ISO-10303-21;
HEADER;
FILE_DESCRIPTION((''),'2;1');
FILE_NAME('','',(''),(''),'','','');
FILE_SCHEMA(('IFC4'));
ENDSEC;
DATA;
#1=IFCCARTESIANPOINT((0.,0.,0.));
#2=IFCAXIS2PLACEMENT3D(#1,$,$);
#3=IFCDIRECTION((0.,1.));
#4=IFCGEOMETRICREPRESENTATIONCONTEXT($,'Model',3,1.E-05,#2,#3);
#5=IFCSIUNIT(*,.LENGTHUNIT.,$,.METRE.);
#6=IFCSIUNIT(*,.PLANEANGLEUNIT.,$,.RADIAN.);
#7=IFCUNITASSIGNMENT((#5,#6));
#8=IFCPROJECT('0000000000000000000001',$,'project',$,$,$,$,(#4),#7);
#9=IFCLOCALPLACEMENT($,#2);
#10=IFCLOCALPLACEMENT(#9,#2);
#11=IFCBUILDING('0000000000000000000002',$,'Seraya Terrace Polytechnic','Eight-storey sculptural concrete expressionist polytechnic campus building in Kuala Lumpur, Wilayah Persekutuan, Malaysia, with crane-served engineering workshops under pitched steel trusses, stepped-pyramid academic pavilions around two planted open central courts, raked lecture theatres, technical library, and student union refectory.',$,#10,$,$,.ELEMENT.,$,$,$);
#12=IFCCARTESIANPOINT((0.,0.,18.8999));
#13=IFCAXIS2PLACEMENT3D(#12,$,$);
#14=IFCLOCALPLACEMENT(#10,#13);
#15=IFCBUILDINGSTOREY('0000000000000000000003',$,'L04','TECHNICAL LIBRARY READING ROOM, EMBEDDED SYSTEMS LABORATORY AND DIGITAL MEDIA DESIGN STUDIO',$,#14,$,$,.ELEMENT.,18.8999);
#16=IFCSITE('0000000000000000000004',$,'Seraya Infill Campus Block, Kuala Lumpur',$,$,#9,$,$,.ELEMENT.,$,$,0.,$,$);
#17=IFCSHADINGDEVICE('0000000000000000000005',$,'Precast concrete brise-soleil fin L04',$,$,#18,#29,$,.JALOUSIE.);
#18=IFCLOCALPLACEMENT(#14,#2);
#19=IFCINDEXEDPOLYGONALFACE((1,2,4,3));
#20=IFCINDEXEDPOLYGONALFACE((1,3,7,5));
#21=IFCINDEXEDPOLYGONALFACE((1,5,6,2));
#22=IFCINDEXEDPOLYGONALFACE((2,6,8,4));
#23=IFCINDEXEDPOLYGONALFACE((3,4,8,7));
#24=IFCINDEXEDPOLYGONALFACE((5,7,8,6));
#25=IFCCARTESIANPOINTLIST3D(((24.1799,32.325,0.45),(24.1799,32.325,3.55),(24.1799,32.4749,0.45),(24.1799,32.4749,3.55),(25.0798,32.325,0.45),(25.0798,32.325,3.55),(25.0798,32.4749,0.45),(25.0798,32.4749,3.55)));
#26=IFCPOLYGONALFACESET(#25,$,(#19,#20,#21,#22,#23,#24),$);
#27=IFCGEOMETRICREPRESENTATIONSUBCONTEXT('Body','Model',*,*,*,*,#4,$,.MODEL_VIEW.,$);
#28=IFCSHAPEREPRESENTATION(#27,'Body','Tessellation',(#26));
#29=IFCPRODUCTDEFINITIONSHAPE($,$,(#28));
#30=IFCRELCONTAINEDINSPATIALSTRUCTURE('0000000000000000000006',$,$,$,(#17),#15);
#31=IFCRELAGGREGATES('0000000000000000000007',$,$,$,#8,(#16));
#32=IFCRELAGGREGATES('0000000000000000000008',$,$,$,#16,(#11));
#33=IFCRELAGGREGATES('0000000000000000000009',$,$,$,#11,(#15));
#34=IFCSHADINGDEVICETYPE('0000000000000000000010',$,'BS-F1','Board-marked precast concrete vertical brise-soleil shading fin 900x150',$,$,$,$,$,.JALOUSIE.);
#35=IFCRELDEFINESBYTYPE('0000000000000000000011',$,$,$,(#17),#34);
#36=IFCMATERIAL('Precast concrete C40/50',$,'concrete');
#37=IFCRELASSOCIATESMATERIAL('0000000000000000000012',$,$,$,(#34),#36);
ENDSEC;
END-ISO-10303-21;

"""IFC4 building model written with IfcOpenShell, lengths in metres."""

from ifc_helpers import new_model, si_unit, direction, frame, origin, origin_2d, place, context, subcontext, project, spatial, rectangle, extrude, material, type_object, element, save


model = new_model("IFC4")

# Units and contexts
model_context = context("Model", 3, precision=1e-05, world=origin(), true_north=direction((0.0, 1.0)))
body_context = subcontext(model_context, "Body", "Model", "MODEL_VIEW")
ifc_project = project(units=[si_unit("LENGTHUNIT", "METRE"), si_unit("PLANEANGLEUNIT", "RADIAN")], contexts=[model_context])

# Site, building, storey
site_placement = place(None, origin())
site = spatial("IfcSite", under=ifc_project, at=site_placement, Name="Seraya Infill Campus Block, Kuala Lumpur", CompositionType="ELEMENT", RefElevation=0.0)
building_placement = place(site_placement, origin())
building = spatial("IfcBuilding", under=site, at=building_placement, Name="Seraya Terrace Polytechnic", Description="Eight-storey sculptural concrete expressionist polytechnic campus building in Kuala Lumpur, Wilayah Persekutuan, Malaysia, with crane-served engineering workshops under pitched steel trusses, stepped-pyramid academic pavilions around two planted open central courts, raked lecture theatres, technical library, and student union refectory.", CompositionType="ELEMENT")
storey_placement = place(building_placement, frame((0.0, 0.0, 18.8999)))
storey = spatial("IfcBuildingStorey", under=building, at=storey_placement, Name="L04", Description="TECHNICAL LIBRARY READING ROOM, EMBEDDED SYSTEMS LABORATORY AND DIGITAL MEDIA DESIGN STUDIO", CompositionType="ELEMENT", Elevation=18.8999)

# Shared definitions
ifc_material_1 = material(Name="Precast concrete C40/50", Category="concrete")

# Shading device
shading_device_type = type_object("IfcShadingDeviceType", Name="BS-F1", Description="Board-marked precast concrete vertical brise-soleil shading fin 900x150", PredefinedType="JALOUSIE", material=ifc_material_1)
shading_device_placement = place(storey_placement, frame((24.6299, 32.3999, 0.45), z_axis=(0.0, 0.0, 1.0), x_axis=(-1.0, 0.0, 0.0)))
element("IfcShadingDevice", 1, at=shading_device_placement, inside=storey, type_object=shading_device_type, Name="Precast concrete brise-soleil fin L04", PredefinedType="JALOUSIE", context=body_context, shape_type="SweptSolid", body=[
    extrude(rectangle(XDim=0.8999, YDim=0.1499, at=origin_2d()), origin(), (0.0, 0.0, 1.0), 3.1001),
])

save(model, "model.ifc")
